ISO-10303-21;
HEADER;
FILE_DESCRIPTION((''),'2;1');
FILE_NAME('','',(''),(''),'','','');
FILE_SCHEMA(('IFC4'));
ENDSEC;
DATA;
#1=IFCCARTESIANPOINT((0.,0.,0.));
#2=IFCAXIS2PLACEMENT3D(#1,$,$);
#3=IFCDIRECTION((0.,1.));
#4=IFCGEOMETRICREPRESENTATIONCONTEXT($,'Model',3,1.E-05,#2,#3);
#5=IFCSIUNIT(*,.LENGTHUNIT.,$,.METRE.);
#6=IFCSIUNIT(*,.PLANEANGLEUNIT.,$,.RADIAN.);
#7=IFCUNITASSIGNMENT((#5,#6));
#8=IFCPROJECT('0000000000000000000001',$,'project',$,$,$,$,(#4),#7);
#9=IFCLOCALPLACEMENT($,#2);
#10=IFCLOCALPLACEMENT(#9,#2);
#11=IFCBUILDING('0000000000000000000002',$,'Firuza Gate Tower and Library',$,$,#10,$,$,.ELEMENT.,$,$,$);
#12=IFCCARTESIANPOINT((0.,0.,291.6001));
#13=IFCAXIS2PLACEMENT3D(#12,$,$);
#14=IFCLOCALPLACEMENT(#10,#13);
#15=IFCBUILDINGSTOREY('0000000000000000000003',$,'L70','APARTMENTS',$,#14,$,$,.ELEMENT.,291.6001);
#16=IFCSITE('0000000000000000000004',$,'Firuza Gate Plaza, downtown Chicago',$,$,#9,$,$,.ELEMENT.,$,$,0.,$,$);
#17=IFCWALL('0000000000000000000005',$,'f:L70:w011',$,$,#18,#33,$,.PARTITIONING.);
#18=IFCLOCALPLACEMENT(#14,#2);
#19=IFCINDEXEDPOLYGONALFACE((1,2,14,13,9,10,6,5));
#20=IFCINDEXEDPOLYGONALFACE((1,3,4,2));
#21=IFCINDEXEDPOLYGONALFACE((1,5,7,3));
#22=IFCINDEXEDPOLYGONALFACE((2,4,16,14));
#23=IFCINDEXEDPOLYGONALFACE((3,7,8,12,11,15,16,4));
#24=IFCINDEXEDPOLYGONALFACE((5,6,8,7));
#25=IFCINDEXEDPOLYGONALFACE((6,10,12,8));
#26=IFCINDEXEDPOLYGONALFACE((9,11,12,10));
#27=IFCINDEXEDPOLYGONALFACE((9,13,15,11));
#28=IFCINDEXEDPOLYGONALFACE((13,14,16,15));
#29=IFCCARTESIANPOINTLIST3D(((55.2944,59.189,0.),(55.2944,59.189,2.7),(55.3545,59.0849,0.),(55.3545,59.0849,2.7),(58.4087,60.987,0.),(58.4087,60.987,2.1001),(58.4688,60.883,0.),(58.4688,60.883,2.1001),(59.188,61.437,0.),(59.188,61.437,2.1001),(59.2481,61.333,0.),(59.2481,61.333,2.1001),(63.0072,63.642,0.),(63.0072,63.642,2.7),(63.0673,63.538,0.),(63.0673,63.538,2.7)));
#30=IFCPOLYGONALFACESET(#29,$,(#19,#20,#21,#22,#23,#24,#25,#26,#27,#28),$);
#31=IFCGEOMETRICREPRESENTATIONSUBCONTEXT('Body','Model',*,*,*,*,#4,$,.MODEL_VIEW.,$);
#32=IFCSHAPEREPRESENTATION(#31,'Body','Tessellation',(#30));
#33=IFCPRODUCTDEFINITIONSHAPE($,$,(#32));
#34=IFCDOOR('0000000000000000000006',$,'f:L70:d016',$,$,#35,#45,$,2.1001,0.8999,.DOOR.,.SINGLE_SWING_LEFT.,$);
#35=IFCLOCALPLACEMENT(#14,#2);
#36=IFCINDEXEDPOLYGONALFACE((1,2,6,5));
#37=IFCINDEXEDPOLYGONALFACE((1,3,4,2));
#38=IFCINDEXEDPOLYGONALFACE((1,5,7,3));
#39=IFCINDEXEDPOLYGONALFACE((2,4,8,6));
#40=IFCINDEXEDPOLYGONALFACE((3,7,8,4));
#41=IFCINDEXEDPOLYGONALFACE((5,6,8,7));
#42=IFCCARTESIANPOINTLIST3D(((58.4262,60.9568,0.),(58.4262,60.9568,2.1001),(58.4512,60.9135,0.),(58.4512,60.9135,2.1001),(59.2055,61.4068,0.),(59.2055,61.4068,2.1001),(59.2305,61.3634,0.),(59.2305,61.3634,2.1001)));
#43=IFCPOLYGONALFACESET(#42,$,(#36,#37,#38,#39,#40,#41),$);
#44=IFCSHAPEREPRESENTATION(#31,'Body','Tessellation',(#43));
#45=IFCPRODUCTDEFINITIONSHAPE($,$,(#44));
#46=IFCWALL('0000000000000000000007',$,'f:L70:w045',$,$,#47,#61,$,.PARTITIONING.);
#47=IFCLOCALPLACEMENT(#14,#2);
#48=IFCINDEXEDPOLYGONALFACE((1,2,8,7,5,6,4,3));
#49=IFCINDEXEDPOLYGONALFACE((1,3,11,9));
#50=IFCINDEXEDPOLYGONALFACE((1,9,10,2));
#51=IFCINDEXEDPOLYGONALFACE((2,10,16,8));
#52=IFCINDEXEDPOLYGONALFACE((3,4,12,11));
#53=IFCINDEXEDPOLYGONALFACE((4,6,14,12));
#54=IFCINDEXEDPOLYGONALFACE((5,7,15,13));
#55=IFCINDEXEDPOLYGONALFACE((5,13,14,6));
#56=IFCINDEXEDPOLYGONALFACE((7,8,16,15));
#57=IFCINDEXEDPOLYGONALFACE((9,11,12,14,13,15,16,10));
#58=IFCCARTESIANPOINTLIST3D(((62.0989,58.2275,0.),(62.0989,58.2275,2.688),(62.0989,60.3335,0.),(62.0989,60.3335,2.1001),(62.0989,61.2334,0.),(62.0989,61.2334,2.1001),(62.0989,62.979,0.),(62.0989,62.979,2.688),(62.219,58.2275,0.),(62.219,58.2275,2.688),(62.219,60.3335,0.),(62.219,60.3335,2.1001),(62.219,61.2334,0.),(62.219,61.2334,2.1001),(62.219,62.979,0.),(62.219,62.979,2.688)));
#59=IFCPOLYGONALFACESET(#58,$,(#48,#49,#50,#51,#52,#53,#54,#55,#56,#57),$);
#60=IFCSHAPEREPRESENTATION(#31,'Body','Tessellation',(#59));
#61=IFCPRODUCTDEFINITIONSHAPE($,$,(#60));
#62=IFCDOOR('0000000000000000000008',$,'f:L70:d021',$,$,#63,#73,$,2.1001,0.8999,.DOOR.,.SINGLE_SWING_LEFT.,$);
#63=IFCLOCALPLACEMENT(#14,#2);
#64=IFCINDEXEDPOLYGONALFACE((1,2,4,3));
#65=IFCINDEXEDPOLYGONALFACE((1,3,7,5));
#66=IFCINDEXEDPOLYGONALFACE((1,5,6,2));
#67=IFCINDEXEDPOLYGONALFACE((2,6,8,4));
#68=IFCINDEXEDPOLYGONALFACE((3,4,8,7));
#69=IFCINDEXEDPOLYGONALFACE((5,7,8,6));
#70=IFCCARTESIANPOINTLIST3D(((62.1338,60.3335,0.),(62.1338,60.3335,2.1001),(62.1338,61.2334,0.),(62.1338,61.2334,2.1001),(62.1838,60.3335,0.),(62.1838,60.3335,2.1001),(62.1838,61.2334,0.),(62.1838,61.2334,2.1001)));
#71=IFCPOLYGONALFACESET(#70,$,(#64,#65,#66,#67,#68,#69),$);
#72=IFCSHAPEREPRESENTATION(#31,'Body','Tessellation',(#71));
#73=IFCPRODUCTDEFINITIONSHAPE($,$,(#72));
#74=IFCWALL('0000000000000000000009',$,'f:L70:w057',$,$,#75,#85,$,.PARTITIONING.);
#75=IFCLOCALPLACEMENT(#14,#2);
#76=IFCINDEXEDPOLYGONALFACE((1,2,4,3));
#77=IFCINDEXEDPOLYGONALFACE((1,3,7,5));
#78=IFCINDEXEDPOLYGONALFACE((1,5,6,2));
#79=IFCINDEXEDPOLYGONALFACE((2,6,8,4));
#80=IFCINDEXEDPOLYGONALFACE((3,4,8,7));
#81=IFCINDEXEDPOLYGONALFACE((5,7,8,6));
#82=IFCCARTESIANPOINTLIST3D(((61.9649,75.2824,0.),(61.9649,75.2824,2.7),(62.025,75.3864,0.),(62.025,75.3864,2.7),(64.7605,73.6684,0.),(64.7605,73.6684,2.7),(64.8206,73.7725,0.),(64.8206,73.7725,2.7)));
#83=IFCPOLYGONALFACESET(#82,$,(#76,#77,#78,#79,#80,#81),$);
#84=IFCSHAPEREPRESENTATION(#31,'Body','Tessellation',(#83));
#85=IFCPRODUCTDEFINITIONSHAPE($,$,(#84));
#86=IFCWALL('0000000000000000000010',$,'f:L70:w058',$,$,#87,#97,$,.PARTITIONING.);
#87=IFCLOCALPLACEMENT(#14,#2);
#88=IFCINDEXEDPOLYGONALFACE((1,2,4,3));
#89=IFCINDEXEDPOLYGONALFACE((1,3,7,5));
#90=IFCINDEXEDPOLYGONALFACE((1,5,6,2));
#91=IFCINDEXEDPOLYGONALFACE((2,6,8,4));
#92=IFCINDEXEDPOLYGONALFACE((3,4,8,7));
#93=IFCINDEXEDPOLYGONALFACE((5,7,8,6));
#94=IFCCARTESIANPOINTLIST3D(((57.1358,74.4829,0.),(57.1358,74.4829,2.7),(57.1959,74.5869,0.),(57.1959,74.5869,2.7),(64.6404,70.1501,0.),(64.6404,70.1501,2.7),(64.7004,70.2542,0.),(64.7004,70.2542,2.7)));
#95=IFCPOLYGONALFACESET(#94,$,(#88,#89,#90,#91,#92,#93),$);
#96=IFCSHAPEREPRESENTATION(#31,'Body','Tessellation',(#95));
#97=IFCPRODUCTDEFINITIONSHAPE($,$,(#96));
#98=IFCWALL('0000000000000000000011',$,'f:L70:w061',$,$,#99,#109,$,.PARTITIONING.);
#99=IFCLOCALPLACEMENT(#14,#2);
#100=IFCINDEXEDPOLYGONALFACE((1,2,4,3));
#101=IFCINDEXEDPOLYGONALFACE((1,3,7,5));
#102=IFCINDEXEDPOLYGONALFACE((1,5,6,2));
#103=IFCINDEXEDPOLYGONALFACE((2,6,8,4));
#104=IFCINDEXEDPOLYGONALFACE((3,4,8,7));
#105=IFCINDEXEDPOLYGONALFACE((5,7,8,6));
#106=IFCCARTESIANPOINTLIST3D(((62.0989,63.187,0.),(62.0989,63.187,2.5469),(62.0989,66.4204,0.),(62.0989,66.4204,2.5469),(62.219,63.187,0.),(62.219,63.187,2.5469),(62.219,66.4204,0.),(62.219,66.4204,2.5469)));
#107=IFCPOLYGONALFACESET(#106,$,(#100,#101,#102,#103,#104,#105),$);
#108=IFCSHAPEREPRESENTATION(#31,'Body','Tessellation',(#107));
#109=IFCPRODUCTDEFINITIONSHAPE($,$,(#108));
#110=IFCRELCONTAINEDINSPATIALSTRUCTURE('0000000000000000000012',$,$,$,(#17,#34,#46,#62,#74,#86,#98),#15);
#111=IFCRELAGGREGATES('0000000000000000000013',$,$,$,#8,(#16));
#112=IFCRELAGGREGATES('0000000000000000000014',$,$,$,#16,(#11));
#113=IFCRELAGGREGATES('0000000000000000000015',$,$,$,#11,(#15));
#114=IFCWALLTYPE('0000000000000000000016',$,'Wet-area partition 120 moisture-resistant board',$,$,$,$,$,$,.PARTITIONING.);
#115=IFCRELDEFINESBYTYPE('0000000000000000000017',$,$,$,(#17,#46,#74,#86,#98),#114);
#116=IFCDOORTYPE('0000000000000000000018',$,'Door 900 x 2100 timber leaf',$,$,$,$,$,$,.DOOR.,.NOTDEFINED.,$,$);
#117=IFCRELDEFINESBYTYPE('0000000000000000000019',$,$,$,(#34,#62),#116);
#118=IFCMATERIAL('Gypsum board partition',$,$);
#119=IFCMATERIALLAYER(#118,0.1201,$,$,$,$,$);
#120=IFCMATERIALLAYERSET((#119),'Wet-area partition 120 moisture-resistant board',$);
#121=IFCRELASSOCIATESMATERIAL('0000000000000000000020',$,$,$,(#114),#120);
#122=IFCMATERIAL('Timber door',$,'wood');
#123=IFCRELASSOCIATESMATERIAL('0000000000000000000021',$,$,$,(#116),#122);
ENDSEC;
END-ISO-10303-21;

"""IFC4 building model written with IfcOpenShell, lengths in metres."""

from ifc_helpers import new_model, si_unit, direction, frame, frame_2d, origin, place, context, subcontext, project, spatial, rectangle, extrude, material, layer, layer_set, type_object, element, fill, save


model = new_model("IFC4")

# Units and contexts
model_context = context("Model", 3, precision=1e-05, world=origin(), true_north=direction((0.0, 1.0)))
body_context = subcontext(model_context, "Body", "Model", "MODEL_VIEW")
ifc_project = project(units=[si_unit("LENGTHUNIT", "METRE"), si_unit("PLANEANGLEUNIT", "RADIAN")], contexts=[model_context])

# Site, building, storey
site_placement = place(None, origin())
site = spatial("IfcSite", under=ifc_project, at=site_placement, Name="Firuza Gate Plaza, downtown Chicago", CompositionType="ELEMENT", RefElevation=0.0)
building_placement = place(site_placement, origin())
building = spatial("IfcBuilding", under=site, at=building_placement, Name="Firuza Gate Tower and Library", CompositionType="ELEMENT")
storey_placement = place(building_placement, frame((0.0, 0.0, 291.6001)))
storey = spatial("IfcBuildingStorey", under=building, at=storey_placement, Name="L70", Description="APARTMENTS", CompositionType="ELEMENT", Elevation=291.6001)

# Shared definitions
ifc_material_1 = material(Name="Gypsum board partition")
ifc_layer_1 = layer(ifc_material_1, 0.1201)
ifc_layer_set_1 = layer_set([ifc_layer_1], Name="Wet-area partition 120 moisture-resistant board")
wall_type_1 = type_object("IfcWallType", Name="Wet-area partition 120 moisture-resistant board", PredefinedType="PARTITIONING", material=ifc_layer_set_1)
ifc_material_2 = material(Name="Timber door", Category="wood")
door_type_1 = type_object("IfcDoorType", Name="Door 900 x 2100 timber leaf", OperationType="NOTDEFINED", PredefinedType="DOOR", material=ifc_material_2)

# Walls, openings, doors
wall_1_placement = place(storey_placement, frame((63.0374, 63.5901, 0.0), z_axis=(0.0, 0.0, 1.0), x_axis=(-0.866021, -0.500007, 0.0)))
wall_1 = element("IfcWall", 1, at=wall_1_placement, inside=storey, type_object=wall_type_1, Name="f:L70:w011", PredefinedType="PARTITIONING", context=body_context, shape_type="SweptSolid", body=[
    extrude(rectangle(XDim=8.906, YDim=0.1201, at=frame_2d((4.4531, 0.0))), origin(), (0.0, 0.0, 1.0), 2.7),
])
opening_1_placement = place(wall_1_placement, frame((4.4102, 0.0, 0.0)))
opening_1 = element("IfcOpeningElement", 2, at=opening_1_placement, cuts=wall_1, PredefinedType="OPENING", context=body_context, shape_type="SweptSolid", body=[
    extrude(rectangle(XDim=0.8999, YDim=2.1001, at=frame_2d((0.45, 1.05))), frame((0.0, 0.0701, 0.0), z_axis=(0.0, -1.0, 0.0), x_axis=(1.0, 0.0, 0.0)), (0.0, 0.0, 1.0), 0.1401),
])
door_1_placement = place(opening_1_placement, origin())
door_1 = element("IfcDoor", 3, at=door_1_placement, inside=storey, type_object=door_type_1, Name="f:L70:d016", OperationType="SINGLE_SWING_LEFT", OverallHeight=2.1001, OverallWidth=0.8999, PredefinedType="DOOR", context=body_context, shape_type="SweptSolid", body=[
    extrude(rectangle(XDim=0.8999, YDim=2.1001, at=frame_2d((0.45, 1.05))), frame((0.0, 0.0249, 0.0), z_axis=(0.0, -1.0, 0.0), x_axis=(1.0, 0.0, 0.0)), (0.0, 0.0, 1.0), 0.05),
])
fill(opening_1, door_1)
wall_2_placement = place(storey_placement, frame((62.1589, 62.979, 0.0), z_axis=(0.0, 0.0, 1.0), x_axis=(0.0, -1.0, 0.0)))
wall_2 = element("IfcWall", 4, at=wall_2_placement, inside=storey, type_object=wall_type_1, Name="f:L70:w045", PredefinedType="PARTITIONING", context=body_context, shape_type="SweptSolid", body=[
    extrude(rectangle(XDim=4.7515, YDim=0.1201, at=frame_2d((2.3757, 0.0))), origin(), (0.0, 0.0, 1.0), 2.688),
])
opening_2_placement = place(wall_2_placement, frame((1.7456, 0.0, 0.0)))
opening_2 = element("IfcOpeningElement", 5, at=opening_2_placement, cuts=wall_2, PredefinedType="OPENING", context=body_context, shape_type="SweptSolid", body=[
    extrude(rectangle(XDim=0.8999, YDim=2.1001, at=frame_2d((0.45, 1.05))), frame((0.0, 0.0701, 0.0), z_axis=(0.0, -1.0, 0.0), x_axis=(1.0, 0.0, 0.0)), (0.0, 0.0, 1.0), 0.1401),
])
door_2_placement = place(opening_2_placement, origin())
door_2 = element("IfcDoor", 6, at=door_2_placement, inside=storey, type_object=door_type_1, Name="f:L70:d021", OperationType="SINGLE_SWING_LEFT", OverallHeight=2.1001, OverallWidth=0.8999, PredefinedType="DOOR", context=body_context, shape_type="SweptSolid", body=[
    extrude(rectangle(XDim=0.8999, YDim=2.1001, at=frame_2d((0.45, 1.05))), frame((0.0, 0.0249, 0.0), z_axis=(0.0, -1.0, 0.0), x_axis=(1.0, 0.0, 0.0)), (0.0, 0.0, 1.0), 0.05),
])
fill(opening_2, door_2)

# Walls
wall_3_placement = place(storey_placement, frame((64.7905, 73.7205, 0.0), z_axis=(0.0, 0.0, 1.0), x_axis=(-0.866033, 0.499987, 0.0)))
element("IfcWall", 7, at=wall_3_placement, inside=storey, type_object=wall_type_1, Name="f:L70:w057", PredefinedType="PARTITIONING", context=body_context, shape_type="SweptSolid", body=[
    extrude(rectangle(XDim=3.228, YDim=0.1201, at=frame_2d((1.614, 0.0))), origin(), (0.0, 0.0, 1.0), 2.7),
])
wall_4_placement = place(storey_placement, frame((64.6704, 70.2021, 0.0), z_axis=(0.0, 0.0, 1.0), x_axis=(-0.866027, 0.499996, 0.0)))
element("IfcWall", 8, at=wall_4_placement, inside=storey, type_object=wall_type_1, Name="f:L70:w058", PredefinedType="PARTITIONING", context=body_context, shape_type="SweptSolid", body=[
    extrude(rectangle(XDim=8.6655, YDim=0.1201, at=frame_2d((4.3328, 0.0))), origin(), (0.0, 0.0, 1.0), 2.7),
])
wall_5_placement = place(storey_placement, frame((62.1589, 63.187, 0.0), z_axis=(0.0, 0.0, 1.0), x_axis=(0.0, 1.0, 0.0)))
element("IfcWall", 9, at=wall_5_placement, inside=storey, type_object=wall_type_1, Name="f:L70:w061", PredefinedType="PARTITIONING", context=body_context, shape_type="SweptSolid", body=[
    extrude(rectangle(XDim=3.2334, YDim=0.1201, at=frame_2d((1.6167, 0.0))), origin(), (0.0, 0.0, 1.0), 2.5469),
])

save(model, "model.ifc")
